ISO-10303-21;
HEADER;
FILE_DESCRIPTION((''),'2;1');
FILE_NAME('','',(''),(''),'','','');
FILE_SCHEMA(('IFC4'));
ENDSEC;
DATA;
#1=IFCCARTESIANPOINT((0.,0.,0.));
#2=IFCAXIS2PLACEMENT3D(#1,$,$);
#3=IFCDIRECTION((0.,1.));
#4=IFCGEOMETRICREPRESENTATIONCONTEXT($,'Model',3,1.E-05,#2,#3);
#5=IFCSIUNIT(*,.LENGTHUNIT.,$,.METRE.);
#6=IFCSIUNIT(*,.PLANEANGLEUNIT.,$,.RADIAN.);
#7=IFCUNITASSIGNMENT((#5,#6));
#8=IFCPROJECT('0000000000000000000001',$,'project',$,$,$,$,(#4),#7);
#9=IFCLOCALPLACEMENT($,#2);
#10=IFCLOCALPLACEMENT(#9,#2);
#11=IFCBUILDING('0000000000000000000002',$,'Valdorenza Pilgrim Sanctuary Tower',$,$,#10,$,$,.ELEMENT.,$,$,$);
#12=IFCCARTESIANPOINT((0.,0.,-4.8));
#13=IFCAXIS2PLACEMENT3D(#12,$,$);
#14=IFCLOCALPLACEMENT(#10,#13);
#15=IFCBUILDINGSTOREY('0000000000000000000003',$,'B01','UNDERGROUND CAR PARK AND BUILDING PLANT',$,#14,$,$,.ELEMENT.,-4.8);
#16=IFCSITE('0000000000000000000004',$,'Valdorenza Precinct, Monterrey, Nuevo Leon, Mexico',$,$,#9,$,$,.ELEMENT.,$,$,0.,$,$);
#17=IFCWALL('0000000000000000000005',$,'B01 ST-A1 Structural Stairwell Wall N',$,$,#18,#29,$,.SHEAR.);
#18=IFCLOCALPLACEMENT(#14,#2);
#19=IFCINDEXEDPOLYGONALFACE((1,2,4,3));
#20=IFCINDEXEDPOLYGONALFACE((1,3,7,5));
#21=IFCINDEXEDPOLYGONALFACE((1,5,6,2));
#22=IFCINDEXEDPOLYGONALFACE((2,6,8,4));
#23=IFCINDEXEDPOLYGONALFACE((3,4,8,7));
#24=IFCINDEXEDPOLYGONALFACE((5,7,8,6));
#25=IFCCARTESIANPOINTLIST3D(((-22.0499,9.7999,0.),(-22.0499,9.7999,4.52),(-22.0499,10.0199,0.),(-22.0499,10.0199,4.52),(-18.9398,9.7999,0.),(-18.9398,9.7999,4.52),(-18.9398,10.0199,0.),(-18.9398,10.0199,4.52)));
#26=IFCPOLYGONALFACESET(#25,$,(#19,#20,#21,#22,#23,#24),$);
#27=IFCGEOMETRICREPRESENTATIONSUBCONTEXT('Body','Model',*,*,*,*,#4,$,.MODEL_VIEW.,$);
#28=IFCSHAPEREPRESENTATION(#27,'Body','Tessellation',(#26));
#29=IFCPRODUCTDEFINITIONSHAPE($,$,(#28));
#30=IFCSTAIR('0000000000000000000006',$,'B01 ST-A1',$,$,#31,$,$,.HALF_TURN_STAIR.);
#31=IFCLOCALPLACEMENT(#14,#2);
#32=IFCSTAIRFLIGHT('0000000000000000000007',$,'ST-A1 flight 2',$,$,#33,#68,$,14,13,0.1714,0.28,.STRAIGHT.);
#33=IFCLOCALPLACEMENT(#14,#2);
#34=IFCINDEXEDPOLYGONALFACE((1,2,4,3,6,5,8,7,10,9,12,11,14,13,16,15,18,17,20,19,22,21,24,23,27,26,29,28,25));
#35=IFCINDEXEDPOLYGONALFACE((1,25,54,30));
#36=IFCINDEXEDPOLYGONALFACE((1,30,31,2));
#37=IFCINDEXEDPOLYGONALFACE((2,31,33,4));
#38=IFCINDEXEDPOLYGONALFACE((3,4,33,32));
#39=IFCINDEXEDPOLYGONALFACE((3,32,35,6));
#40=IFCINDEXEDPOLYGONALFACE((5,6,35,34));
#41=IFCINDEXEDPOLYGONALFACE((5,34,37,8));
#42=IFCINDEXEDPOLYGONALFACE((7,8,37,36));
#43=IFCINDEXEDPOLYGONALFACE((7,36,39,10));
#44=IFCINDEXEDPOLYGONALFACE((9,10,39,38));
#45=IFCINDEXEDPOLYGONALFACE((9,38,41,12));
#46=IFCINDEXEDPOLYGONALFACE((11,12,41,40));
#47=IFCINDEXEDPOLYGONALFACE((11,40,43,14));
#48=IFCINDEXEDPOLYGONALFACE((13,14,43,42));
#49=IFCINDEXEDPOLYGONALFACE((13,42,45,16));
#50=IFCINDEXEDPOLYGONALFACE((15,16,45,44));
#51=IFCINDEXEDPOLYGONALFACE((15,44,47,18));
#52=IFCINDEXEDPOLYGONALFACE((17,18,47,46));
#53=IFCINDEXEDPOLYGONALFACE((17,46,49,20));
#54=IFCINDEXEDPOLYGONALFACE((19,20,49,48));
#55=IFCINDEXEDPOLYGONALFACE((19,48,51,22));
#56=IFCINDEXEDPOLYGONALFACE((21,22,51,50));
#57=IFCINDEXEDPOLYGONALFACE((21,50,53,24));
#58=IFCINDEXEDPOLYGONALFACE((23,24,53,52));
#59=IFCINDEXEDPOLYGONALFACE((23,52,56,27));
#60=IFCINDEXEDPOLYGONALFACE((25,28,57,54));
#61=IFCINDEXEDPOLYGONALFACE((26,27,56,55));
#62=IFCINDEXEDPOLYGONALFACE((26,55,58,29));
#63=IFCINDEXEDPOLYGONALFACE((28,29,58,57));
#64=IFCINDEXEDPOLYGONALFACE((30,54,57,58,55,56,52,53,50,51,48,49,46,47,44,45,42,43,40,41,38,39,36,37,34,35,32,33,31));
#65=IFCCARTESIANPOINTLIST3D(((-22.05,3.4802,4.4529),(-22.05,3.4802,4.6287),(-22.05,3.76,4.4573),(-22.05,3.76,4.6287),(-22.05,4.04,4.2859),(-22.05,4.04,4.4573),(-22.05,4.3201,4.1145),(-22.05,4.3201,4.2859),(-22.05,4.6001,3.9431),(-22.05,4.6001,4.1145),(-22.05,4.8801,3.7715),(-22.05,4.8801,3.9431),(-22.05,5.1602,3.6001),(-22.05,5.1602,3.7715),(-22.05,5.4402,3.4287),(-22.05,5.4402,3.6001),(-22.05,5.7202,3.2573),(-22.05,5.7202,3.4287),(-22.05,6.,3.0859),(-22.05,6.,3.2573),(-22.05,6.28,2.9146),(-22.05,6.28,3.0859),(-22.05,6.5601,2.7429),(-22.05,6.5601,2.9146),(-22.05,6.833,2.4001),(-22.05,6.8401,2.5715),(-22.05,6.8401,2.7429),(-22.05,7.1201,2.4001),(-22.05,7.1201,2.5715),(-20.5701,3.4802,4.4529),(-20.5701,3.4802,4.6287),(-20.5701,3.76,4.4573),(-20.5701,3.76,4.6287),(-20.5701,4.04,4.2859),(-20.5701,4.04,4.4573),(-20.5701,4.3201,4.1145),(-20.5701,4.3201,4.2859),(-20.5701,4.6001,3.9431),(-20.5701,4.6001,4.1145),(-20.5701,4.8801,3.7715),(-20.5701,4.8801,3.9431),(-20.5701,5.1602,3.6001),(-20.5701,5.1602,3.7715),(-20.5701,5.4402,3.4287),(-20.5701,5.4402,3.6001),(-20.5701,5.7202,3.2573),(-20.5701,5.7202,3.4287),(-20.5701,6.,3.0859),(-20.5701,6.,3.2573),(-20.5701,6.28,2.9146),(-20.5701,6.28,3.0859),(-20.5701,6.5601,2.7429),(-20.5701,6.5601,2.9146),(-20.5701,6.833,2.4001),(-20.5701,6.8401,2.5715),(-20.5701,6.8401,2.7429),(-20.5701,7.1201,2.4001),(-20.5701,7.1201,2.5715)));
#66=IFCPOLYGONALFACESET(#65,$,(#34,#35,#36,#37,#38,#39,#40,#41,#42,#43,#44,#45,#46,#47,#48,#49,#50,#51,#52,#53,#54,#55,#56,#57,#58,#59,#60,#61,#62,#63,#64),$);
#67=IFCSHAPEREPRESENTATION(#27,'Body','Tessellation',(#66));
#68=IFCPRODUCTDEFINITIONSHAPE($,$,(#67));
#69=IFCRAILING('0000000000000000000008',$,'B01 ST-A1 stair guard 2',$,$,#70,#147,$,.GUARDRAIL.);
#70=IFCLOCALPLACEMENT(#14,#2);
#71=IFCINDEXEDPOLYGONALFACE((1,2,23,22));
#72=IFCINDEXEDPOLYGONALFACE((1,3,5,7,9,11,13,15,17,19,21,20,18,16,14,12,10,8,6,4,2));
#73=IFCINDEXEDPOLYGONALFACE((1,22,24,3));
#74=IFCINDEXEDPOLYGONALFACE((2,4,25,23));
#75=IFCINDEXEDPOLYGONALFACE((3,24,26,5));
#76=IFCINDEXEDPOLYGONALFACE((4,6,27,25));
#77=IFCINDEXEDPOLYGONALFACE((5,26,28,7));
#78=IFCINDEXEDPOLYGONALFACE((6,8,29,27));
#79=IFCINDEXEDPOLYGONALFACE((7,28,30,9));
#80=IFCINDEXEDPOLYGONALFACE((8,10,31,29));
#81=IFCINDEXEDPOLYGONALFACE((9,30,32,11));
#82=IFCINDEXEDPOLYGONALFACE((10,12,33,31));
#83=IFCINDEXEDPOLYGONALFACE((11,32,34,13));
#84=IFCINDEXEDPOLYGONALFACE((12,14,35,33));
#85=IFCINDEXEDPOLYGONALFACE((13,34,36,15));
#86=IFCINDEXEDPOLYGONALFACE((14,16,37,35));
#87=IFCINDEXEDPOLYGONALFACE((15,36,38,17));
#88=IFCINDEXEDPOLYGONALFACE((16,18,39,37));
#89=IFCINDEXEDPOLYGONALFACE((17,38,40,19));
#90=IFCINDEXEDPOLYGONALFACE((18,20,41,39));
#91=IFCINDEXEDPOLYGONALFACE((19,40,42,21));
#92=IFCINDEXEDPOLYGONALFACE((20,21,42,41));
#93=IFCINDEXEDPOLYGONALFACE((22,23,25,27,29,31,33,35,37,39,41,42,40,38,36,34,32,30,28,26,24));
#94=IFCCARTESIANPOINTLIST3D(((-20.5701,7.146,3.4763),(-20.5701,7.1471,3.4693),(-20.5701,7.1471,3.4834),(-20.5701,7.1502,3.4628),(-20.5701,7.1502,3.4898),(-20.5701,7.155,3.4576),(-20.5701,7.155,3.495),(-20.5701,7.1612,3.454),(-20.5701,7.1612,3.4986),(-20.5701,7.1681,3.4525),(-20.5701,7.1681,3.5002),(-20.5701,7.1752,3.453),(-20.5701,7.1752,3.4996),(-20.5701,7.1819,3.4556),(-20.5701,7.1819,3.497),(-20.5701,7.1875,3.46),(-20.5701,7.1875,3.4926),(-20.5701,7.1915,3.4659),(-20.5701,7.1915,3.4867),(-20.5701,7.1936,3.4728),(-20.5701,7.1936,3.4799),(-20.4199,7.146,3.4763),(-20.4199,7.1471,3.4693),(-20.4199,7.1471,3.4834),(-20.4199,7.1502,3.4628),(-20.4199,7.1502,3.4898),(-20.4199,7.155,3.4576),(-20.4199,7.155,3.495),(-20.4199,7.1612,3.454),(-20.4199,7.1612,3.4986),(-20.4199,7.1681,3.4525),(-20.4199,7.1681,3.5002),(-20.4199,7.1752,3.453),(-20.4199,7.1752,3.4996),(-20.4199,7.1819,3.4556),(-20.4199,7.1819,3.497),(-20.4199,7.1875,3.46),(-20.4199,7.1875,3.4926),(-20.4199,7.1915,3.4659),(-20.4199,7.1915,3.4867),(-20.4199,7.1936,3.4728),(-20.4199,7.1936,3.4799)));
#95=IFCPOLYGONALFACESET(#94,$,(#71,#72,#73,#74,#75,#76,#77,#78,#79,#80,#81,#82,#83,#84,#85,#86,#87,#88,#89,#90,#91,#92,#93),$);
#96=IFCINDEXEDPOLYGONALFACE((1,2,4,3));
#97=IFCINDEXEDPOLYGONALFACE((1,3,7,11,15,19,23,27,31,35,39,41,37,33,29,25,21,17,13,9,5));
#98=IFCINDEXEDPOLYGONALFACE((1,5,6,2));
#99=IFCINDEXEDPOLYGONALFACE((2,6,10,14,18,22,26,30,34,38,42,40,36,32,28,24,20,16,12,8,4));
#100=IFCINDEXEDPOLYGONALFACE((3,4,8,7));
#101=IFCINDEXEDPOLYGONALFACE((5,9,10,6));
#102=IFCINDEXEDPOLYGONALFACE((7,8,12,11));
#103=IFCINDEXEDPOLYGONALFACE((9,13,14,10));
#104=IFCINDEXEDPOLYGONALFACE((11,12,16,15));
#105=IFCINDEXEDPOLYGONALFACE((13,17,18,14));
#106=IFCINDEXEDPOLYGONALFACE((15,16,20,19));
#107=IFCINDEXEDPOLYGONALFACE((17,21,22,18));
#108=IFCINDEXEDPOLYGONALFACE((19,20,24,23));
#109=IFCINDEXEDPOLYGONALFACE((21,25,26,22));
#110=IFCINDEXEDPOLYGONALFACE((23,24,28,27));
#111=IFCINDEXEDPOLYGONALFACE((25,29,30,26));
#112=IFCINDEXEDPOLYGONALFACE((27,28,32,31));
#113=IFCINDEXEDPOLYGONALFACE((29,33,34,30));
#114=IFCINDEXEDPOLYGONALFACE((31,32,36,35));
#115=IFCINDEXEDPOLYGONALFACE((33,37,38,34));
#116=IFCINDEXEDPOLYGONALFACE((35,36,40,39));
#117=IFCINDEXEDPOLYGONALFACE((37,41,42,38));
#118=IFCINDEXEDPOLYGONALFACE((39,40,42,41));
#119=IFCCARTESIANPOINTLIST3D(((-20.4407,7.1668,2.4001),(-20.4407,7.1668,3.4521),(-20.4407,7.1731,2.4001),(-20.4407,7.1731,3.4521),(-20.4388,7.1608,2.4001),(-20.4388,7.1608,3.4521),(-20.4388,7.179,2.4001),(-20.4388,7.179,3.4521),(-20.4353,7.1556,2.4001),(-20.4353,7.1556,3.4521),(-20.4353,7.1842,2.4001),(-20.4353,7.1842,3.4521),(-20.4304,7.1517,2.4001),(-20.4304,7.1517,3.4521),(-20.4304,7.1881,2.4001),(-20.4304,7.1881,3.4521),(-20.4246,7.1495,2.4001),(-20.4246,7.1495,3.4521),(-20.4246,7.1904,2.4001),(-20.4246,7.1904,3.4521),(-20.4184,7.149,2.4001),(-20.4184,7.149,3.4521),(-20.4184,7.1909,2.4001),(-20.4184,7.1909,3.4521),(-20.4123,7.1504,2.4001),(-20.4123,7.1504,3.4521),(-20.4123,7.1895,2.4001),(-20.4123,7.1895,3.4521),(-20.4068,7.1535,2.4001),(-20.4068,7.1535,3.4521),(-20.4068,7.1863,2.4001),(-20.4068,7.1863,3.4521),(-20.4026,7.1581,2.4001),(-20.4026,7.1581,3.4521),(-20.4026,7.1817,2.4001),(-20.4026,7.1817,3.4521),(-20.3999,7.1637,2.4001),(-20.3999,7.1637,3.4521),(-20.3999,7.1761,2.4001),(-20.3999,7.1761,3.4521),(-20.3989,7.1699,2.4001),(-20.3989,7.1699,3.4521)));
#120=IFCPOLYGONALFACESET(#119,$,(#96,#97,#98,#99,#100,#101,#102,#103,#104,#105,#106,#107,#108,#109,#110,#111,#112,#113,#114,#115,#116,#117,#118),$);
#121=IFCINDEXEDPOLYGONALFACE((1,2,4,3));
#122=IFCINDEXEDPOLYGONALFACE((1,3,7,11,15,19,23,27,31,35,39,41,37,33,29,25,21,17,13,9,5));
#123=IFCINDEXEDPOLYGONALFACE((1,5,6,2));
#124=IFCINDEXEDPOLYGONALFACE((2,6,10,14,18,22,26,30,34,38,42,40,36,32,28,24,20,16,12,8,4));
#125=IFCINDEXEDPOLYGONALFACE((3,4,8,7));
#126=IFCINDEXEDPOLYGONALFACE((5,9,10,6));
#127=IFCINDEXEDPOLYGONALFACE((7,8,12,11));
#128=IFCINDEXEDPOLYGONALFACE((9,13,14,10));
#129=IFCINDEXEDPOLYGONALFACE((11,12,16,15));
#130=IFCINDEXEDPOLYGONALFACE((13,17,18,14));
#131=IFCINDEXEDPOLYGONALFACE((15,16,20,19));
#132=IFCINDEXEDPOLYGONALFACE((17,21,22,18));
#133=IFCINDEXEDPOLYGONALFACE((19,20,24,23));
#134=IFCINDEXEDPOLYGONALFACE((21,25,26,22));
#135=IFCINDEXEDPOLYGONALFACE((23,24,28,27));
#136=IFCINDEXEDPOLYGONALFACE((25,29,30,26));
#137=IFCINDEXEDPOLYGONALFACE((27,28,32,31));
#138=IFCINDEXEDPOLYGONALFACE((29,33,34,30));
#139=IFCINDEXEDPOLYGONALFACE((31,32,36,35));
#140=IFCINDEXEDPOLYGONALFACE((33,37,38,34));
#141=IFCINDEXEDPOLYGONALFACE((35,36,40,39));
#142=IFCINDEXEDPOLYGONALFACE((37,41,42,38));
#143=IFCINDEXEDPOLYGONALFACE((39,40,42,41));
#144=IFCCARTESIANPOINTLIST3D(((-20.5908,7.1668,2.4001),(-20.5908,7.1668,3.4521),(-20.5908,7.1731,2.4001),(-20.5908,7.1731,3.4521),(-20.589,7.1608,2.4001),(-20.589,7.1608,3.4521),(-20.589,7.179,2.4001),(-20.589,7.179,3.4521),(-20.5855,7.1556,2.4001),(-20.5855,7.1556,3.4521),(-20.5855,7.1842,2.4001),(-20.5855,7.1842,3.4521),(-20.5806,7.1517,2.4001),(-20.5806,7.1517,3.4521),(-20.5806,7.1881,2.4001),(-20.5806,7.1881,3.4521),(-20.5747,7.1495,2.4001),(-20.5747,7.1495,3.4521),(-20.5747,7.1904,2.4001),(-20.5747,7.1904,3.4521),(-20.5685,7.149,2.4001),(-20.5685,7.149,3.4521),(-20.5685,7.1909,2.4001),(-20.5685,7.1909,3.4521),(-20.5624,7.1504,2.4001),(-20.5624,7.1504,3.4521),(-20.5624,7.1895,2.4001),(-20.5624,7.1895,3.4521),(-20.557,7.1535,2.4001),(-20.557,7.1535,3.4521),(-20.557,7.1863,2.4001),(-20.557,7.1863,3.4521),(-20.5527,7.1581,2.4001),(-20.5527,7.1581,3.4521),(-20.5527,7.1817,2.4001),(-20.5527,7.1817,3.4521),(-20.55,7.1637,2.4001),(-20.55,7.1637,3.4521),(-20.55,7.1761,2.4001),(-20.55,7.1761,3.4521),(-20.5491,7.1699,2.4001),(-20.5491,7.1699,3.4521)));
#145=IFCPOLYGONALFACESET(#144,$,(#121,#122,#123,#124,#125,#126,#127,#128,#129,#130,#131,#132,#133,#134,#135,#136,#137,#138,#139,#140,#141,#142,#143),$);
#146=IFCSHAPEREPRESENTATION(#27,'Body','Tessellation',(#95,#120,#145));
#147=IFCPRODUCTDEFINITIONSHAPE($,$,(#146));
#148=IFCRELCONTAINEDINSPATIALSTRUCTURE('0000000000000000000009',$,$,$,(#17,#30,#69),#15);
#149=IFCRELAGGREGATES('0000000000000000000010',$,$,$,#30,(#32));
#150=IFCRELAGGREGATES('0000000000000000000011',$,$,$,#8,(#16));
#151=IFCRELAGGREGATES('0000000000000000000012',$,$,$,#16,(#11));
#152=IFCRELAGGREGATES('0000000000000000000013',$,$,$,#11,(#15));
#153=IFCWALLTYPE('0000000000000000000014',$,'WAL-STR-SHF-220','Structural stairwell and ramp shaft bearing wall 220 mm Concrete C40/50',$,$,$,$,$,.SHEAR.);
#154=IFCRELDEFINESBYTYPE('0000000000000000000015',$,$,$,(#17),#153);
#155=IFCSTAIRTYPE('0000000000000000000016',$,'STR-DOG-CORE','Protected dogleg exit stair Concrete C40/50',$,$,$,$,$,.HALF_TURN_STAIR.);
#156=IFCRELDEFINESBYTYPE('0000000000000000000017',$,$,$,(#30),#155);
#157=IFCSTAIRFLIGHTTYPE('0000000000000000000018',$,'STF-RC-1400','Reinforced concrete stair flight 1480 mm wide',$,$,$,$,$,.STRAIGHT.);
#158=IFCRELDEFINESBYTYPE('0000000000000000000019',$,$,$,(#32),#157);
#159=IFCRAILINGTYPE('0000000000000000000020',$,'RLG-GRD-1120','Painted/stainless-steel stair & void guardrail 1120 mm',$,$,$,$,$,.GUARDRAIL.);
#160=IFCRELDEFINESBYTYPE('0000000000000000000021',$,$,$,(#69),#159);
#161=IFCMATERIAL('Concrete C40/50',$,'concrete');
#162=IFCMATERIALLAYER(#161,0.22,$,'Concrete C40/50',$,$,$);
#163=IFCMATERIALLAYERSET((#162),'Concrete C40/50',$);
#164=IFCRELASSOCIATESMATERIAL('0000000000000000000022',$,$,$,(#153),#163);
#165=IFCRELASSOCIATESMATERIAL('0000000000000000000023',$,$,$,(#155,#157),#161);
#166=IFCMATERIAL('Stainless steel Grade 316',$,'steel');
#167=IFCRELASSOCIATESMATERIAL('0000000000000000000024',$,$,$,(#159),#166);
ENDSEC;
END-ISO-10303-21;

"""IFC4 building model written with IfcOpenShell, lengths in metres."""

from ifc_helpers import new_model, si_unit, direction, frame, frame_2d, origin, origin_2d, place, context, subcontext, project, spatial, polyline, rectangle, circle, outline, extrude, material, layer, layer_set, type_object, element, aggregate, save


model = new_model("IFC4")

# Units and contexts
model_context = context("Model", 3, precision=1e-05, world=origin(), true_north=direction((0.0, 1.0)))
body_context = subcontext(model_context, "Body", "Model", "MODEL_VIEW")
ifc_project = project(units=[si_unit("LENGTHUNIT", "METRE"), si_unit("PLANEANGLEUNIT", "RADIAN")], contexts=[model_context])

# Site, building, storey
site_placement = place(None, origin())
site = spatial("IfcSite", under=ifc_project, at=site_placement, Name="Valdorenza Precinct, Monterrey, Nuevo Leon, Mexico", CompositionType="ELEMENT", RefElevation=0.0)
building_placement = place(site_placement, origin())
building = spatial("IfcBuilding", under=site, at=building_placement, Name="Valdorenza Pilgrim Sanctuary Tower", CompositionType="ELEMENT")
storey_placement = place(building_placement, frame((0.0, 0.0, -4.8)))
storey = spatial("IfcBuildingStorey", under=building, at=storey_placement, Name="B01", Description="UNDERGROUND CAR PARK AND BUILDING PLANT", CompositionType="ELEMENT", Elevation=-4.8)

# Wall
ifc_material_1 = material(Name="Concrete C40/50", Category="concrete")
ifc_layer_1 = layer(ifc_material_1, 0.22, Name="Concrete C40/50")
ifc_layer_set_1 = layer_set([ifc_layer_1], Name="Concrete C40/50")
wall_type_1 = type_object("IfcWallType", Name="WAL-STR-SHF-220", Description="Structural stairwell and ramp shaft bearing wall 220 mm Concrete C40/50", PredefinedType="SHEAR", material=ifc_layer_set_1)
wall_1_placement = place(storey_placement, frame((-22.05, 9.9099, 0.0), z_axis=(0.0, 0.0, 1.0), x_axis=(1.0, 0.0, 0.0)))
element("IfcWall", 1, at=wall_1_placement, inside=storey, type_object=wall_type_1, Name="B01 ST-A1 Structural Stairwell Wall N", PredefinedType="SHEAR", context=body_context, shape_type="SweptSolid", body=[
    extrude(rectangle(XDim=3.1101, YDim=0.22, at=frame_2d((1.5552, 0.0))), origin(), (0.0, 0.0, 1.0), 4.52),
])

# Stair, stair flight
stair_type = type_object("IfcStairType", Name="STR-DOG-CORE", Description="Protected dogleg exit stair Concrete C40/50", PredefinedType="HALF_TURN_STAIR", material=ifc_material_1)
stair_placement = place(storey_placement, origin())
stair = element("IfcStair", 2, at=stair_placement, inside=storey, type_object=stair_type, Name="B01 ST-A1", PredefinedType="HALF_TURN_STAIR")
stair_flight_type = type_object("IfcStairFlightType", Name="STF-RC-1400", Description="Reinforced concrete stair flight 1480 mm wide", PredefinedType="STRAIGHT", material=ifc_material_1)
stair_flight_placement = place(storey_placement, frame((-21.3101, 7.1201, 2.4001), z_axis=(0.0, 0.0, 1.0), x_axis=(0.0, -1.0, 0.0)))
stair_flight = element("IfcStairFlight", 3, at=stair_flight_placement, type_object=stair_flight_type, Name="ST-A1 flight 2", NumberOfRisers=14, NumberOfTreads=13, PredefinedType="STRAIGHT", RiserHeight=0.1714, TreadLength=0.28, context=body_context, shape_type="SweptSolid", body=[
    extrude(outline(polyline([(0.0, 0.0), (0.0, 0.1714), (0.28, 0.1714), (0.28, 0.3428), (0.5601, 0.3428), (0.5601, 0.5144), (0.8401, 0.5144), (0.8401, 0.6858), (1.1201, 0.6858), (1.1201, 0.8572), (1.3999, 0.8572), (1.3999, 1.0286), (1.6799, 1.0286), (1.6799, 1.2), (1.96, 1.2), (1.96, 1.3713), (2.24, 1.3713), (2.24, 1.543), (2.52, 1.543), (2.52, 1.7144), (2.8, 1.7144), (2.8, 1.8857), (3.0801, 1.8857), (3.0801, 2.0571), (3.3601, 2.0571), (3.3601, 2.2285), (3.6399, 2.2285), (3.6399, 2.3999), (3.6399, 2.0527), (0.2871, 0.0), (0.0, 0.0)])), frame((0.0, 0.74, 0.0), z_axis=(0.0, -1.0, 0.0), x_axis=(1.0, 0.0, 0.0)), (0.0, 0.0, 1.0), 1.48),
])
aggregate(stair, [stair_flight])

# Railing
ifc_material_2 = material(Name="Stainless steel Grade 316", Category="steel")
railing_type = type_object("IfcRailingType", Name="RLG-GRD-1120", Description="Painted/stainless-steel stair & void guardrail 1120 mm", PredefinedType="GUARDRAIL", material=ifc_material_2)
railing_1_placement = place(storey_placement, frame((-20.4199, 7.1699, 2.4001)))
element("IfcRailing", 4, at=railing_1_placement, inside=storey, type_object=railing_type, Name="B01 ST-A1 stair guard 2", PredefinedType="GUARDRAIL", context=body_context, shape_type="SweptSolid", body=[
    extrude(circle(Radius=0.0239, at=origin_2d()), frame((0.0, 0.0, 1.0762), z_axis=(-1.0, 0.0, 0.0), x_axis=(0.0, -1.0, 0.0)), (0.0, 0.0, 1.0), 0.1501),
    extrude(circle(Radius=0.021, at=origin_2d()), origin(), (0.0, 0.0, 1.0), 1.052),
    extrude(circle(Radius=0.021, at=origin_2d()), frame((-0.1501, 0.0, 0.0)), (0.0, 0.0, 1.0), 1.052),
])

save(model, "model.ifc")
